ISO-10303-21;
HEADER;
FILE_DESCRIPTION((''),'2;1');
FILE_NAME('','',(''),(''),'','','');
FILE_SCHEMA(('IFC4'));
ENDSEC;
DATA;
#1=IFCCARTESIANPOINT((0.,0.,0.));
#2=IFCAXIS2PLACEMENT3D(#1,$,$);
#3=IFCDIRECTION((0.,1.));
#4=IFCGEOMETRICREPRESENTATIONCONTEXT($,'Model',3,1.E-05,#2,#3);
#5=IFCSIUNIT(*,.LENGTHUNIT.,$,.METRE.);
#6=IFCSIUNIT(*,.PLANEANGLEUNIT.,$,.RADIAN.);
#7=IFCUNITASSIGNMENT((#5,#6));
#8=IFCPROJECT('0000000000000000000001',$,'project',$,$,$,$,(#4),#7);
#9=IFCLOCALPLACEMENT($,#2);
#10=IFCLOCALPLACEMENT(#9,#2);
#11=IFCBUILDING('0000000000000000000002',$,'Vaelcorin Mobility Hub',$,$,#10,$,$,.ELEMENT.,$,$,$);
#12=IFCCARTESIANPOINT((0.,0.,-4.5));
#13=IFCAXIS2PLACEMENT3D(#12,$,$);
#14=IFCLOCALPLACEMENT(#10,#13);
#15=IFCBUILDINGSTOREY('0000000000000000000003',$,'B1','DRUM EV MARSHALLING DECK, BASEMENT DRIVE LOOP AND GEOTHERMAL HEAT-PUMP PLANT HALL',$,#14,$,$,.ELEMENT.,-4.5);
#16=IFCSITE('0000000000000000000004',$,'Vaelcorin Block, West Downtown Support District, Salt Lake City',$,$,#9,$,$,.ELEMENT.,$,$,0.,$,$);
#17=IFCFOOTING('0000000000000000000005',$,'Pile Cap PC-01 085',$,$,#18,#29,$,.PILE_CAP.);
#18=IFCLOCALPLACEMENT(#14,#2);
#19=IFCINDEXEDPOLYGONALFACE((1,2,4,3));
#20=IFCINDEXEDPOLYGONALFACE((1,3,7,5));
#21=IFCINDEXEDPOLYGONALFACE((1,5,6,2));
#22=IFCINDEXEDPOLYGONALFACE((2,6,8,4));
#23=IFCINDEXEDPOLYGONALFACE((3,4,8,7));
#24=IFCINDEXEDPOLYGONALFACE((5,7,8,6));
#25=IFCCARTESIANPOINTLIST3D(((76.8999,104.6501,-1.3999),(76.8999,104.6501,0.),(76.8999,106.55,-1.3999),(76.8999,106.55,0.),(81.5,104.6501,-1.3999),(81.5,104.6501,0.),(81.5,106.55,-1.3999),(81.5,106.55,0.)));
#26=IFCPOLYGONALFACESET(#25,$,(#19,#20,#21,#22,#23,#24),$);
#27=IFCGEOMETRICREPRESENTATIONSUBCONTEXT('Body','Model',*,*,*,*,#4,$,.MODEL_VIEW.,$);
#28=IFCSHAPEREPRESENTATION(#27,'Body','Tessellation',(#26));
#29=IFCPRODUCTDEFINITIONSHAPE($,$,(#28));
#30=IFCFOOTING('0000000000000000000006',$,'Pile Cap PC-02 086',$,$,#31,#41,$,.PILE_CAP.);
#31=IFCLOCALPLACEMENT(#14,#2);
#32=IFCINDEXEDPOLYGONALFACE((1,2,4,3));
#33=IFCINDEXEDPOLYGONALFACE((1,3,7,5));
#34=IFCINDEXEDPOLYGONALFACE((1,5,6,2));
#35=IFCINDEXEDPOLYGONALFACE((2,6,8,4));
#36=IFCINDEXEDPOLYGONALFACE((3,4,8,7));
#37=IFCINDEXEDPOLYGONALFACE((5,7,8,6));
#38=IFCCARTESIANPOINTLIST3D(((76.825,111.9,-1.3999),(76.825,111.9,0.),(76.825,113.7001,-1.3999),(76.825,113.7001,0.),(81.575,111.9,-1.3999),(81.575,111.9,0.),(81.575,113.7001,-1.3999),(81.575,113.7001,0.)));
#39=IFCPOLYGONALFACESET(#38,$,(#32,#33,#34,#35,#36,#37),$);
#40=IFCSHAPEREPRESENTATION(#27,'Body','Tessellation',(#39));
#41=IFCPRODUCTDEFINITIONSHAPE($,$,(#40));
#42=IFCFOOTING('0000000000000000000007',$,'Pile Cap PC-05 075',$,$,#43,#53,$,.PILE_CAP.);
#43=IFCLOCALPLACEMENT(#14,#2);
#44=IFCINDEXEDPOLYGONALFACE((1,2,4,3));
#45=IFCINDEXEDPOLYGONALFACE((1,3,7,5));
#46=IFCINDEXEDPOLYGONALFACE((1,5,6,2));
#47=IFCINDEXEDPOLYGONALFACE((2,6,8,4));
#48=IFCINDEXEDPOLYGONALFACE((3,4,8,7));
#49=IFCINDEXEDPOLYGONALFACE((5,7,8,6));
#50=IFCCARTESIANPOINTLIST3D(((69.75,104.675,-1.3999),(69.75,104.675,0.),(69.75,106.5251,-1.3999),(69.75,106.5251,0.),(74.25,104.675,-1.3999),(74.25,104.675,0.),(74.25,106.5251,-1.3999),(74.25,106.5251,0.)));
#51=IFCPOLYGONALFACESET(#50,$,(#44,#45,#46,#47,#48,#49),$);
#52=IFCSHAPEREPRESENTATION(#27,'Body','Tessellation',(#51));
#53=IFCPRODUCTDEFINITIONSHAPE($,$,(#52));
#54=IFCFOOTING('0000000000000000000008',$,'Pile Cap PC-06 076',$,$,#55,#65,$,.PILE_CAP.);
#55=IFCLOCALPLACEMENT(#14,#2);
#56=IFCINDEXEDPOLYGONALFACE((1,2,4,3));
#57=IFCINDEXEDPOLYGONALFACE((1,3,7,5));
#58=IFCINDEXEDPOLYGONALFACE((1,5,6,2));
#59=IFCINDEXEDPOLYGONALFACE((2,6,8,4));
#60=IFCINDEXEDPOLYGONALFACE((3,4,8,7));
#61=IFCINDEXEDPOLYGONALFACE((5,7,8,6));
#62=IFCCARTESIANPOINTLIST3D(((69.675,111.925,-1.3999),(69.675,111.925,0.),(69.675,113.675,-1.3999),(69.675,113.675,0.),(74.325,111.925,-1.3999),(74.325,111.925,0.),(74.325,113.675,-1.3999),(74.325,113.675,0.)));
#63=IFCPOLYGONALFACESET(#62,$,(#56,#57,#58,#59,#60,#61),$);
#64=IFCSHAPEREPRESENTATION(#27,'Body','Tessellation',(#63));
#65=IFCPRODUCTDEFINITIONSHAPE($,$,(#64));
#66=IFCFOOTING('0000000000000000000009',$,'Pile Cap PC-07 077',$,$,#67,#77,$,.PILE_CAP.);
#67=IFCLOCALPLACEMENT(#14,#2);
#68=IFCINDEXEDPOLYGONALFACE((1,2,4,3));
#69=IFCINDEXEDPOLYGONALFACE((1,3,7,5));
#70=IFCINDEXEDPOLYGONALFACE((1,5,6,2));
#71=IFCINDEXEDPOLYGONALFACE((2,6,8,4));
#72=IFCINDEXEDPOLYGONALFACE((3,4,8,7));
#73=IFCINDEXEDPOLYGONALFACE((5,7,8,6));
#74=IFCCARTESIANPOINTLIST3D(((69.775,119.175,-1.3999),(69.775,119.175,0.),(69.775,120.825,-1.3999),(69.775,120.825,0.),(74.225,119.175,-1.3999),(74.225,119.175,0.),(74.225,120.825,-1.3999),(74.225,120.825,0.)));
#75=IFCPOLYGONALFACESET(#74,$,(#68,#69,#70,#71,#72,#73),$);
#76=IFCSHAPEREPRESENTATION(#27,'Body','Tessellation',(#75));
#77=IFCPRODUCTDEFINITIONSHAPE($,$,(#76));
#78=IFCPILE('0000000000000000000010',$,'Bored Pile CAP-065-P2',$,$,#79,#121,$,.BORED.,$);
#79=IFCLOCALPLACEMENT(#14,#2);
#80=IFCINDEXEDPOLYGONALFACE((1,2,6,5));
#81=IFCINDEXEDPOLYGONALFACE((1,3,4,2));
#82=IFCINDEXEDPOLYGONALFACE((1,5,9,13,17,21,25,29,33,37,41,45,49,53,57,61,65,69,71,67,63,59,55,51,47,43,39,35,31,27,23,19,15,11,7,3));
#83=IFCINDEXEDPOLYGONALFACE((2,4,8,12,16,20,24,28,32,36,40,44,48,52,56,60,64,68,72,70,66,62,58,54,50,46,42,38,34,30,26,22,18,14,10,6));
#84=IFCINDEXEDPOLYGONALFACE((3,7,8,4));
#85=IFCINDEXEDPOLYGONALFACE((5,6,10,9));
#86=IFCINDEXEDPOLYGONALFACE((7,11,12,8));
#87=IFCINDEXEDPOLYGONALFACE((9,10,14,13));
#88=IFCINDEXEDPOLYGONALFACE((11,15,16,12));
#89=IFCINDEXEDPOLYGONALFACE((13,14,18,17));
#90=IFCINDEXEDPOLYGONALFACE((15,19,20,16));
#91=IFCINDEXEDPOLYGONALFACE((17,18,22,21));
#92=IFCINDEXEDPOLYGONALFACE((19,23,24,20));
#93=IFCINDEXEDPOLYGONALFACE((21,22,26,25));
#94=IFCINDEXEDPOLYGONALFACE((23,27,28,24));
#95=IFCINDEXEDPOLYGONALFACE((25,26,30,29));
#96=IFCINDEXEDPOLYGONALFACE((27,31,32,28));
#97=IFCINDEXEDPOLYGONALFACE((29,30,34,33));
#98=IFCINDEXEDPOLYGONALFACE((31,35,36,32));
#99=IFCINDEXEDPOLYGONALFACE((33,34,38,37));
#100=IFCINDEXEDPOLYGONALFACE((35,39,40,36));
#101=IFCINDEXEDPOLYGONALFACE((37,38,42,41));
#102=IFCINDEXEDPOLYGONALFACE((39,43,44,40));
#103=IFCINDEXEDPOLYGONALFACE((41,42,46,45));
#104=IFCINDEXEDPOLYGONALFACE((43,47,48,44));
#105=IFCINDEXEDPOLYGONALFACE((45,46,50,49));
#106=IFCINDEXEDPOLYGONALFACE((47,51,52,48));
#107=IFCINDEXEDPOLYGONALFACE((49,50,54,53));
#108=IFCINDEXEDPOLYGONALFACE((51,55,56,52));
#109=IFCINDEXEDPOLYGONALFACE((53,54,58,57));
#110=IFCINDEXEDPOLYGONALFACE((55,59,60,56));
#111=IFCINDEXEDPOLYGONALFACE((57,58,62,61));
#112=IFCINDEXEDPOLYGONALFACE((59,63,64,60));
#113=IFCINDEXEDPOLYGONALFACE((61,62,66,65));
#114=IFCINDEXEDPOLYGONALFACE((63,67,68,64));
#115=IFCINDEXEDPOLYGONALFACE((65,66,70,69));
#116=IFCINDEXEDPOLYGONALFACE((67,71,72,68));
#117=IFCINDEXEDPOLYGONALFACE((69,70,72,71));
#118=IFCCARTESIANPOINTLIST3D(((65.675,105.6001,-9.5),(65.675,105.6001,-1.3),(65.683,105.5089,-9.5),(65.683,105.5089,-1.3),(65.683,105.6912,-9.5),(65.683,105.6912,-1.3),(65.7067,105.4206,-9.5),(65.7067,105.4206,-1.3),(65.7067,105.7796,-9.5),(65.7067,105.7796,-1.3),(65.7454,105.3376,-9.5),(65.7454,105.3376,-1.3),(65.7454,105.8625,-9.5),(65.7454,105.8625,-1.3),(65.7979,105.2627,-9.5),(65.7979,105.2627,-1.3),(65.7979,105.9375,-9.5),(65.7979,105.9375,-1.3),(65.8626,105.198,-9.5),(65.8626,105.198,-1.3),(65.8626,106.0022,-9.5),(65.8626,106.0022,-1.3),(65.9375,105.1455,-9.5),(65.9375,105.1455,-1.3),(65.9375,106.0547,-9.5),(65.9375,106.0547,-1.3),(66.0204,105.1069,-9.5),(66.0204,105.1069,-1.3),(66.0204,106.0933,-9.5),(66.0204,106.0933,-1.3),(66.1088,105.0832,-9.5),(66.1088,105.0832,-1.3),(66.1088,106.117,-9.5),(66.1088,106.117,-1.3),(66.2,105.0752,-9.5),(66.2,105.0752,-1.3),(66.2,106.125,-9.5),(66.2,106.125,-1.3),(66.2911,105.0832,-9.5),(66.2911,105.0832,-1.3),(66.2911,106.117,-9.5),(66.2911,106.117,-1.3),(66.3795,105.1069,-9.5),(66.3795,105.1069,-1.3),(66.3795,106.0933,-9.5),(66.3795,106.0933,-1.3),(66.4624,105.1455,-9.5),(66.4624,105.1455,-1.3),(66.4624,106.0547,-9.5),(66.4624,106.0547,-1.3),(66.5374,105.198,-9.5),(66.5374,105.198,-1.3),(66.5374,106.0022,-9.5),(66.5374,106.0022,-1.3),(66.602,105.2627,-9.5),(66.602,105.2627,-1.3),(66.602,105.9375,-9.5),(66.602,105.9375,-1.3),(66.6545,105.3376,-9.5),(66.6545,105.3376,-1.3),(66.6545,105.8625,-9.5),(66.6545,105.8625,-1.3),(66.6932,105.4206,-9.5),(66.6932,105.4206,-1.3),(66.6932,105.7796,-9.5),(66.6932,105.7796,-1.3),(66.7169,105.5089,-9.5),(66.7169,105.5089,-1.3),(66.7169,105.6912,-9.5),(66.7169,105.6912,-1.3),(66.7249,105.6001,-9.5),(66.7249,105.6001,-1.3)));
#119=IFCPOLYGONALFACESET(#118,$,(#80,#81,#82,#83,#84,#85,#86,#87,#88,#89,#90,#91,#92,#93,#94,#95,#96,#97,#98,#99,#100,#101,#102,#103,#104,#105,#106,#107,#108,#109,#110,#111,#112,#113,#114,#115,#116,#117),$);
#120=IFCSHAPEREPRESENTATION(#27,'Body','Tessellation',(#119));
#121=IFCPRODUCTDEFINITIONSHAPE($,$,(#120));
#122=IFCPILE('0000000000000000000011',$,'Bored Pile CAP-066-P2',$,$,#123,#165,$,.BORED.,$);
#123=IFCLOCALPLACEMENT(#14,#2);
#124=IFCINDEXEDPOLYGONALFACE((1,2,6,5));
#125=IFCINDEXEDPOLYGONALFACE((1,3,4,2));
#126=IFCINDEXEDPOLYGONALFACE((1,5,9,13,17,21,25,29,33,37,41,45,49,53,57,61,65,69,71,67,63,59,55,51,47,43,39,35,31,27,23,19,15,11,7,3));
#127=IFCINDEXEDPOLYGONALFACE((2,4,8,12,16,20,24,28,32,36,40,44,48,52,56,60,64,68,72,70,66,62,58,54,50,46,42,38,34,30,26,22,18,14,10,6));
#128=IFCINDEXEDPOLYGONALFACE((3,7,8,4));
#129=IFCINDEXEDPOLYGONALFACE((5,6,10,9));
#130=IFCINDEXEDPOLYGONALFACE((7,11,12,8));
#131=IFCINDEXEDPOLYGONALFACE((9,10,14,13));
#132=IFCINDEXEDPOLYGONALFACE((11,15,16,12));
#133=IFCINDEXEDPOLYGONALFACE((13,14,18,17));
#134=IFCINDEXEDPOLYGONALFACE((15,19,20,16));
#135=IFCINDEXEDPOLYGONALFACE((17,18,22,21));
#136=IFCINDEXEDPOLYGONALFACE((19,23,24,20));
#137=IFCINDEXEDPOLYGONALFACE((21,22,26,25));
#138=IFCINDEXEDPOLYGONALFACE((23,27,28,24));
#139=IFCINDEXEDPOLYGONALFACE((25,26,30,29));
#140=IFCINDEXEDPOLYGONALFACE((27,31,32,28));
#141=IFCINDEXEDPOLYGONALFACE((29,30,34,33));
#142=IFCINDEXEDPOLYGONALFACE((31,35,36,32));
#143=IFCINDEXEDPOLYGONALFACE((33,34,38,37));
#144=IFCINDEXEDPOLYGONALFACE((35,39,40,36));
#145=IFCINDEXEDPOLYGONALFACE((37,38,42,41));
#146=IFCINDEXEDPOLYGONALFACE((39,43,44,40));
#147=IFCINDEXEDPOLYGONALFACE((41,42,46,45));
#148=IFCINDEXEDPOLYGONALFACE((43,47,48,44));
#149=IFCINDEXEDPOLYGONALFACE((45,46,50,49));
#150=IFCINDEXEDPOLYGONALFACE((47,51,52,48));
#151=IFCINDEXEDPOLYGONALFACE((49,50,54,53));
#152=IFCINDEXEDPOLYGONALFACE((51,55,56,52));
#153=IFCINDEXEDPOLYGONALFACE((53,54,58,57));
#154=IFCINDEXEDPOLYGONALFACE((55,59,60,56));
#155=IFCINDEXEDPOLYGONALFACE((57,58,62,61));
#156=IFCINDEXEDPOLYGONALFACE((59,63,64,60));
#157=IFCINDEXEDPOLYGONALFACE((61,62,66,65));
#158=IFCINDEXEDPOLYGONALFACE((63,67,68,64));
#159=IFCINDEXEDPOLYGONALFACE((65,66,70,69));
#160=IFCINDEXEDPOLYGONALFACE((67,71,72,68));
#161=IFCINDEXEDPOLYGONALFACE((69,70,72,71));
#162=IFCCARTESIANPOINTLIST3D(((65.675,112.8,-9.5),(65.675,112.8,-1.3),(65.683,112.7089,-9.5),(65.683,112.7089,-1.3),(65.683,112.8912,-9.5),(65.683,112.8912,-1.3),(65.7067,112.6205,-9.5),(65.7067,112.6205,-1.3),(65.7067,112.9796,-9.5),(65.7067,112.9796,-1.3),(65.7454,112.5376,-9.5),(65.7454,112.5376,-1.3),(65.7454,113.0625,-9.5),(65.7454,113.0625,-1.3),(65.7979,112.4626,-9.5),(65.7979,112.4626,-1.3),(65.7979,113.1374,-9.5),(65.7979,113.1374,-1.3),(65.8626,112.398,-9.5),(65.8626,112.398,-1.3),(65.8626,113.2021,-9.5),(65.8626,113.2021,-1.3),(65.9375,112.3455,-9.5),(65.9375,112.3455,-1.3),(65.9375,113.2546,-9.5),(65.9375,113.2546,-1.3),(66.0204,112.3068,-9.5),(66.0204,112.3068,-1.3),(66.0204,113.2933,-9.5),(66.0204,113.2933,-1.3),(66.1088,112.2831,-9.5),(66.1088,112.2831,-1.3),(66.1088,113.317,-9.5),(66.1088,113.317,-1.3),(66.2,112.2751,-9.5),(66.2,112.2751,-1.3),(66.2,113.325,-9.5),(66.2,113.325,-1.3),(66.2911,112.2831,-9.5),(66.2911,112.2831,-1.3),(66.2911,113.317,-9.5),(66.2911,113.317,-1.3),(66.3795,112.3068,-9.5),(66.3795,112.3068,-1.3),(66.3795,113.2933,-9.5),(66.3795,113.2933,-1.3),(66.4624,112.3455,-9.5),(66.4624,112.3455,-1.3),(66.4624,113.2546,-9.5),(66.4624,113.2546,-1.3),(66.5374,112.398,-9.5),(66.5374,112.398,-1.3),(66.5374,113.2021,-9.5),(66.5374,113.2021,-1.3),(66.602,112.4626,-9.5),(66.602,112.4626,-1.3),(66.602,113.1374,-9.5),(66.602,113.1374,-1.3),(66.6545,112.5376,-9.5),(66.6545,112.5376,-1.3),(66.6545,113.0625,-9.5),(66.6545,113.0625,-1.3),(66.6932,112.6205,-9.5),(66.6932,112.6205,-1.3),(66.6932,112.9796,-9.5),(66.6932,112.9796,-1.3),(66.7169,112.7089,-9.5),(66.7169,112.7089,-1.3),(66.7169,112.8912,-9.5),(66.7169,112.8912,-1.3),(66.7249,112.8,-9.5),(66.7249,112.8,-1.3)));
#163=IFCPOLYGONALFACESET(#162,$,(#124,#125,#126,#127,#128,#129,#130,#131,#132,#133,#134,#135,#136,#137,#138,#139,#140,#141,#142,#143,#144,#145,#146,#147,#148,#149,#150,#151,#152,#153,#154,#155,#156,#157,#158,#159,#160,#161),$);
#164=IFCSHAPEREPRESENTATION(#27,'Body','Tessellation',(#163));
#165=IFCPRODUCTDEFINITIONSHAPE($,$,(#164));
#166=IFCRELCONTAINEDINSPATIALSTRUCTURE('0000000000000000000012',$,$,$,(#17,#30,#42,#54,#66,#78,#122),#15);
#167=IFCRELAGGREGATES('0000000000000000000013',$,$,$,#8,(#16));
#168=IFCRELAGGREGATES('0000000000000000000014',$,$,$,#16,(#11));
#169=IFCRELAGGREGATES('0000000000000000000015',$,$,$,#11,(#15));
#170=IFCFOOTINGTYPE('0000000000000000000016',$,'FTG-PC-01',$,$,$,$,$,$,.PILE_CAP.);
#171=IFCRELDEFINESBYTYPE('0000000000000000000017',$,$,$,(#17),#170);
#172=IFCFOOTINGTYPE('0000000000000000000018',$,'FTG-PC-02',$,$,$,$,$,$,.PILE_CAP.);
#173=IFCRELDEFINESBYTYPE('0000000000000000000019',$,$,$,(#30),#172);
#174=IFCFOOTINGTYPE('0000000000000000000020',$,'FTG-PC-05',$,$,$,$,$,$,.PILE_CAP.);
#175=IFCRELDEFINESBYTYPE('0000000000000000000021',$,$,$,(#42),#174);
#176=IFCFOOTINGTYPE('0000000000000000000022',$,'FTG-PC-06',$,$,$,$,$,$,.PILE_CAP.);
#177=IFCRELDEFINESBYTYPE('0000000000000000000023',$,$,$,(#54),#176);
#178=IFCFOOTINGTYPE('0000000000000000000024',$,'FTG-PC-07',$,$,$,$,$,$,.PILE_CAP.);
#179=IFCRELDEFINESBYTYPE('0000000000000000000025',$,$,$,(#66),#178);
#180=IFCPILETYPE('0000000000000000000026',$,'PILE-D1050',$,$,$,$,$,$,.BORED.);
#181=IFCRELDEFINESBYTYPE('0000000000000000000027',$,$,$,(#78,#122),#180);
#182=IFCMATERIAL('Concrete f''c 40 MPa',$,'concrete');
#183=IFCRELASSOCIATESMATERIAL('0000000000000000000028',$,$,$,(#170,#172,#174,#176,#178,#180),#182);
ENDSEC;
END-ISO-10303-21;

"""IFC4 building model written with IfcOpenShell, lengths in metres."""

from ifc_helpers import new_model, si_unit, direction, frame, origin, origin_2d, place, context, subcontext, project, spatial, rectangle, circle, extrude, material, material_profile, profile_set, type_object, element, save


model = new_model("IFC4")

# Units and contexts
model_context = context("Model", 3, precision=1e-05, world=origin(), true_north=direction((0.0, 1.0)))
body_context = subcontext(model_context, "Body", "Model", "MODEL_VIEW")
ifc_project = project(units=[si_unit("LENGTHUNIT", "METRE"), si_unit("PLANEANGLEUNIT", "RADIAN")], contexts=[model_context])

# Site, building, storey
site_placement = place(None, origin())
site = spatial("IfcSite", under=ifc_project, at=site_placement, Name="Vaelcorin Block, West Downtown Support District, Salt Lake City", CompositionType="ELEMENT", RefElevation=0.0)
building_placement = place(site_placement, origin())
building = spatial("IfcBuilding", under=site, at=building_placement, Name="Vaelcorin Mobility Hub", CompositionType="ELEMENT")
storey_placement = place(building_placement, frame((0.0, 0.0, -4.5)))
storey = spatial("IfcBuildingStorey", under=building, at=storey_placement, Name="B1", Description="DRUM EV MARSHALLING DECK, BASEMENT DRIVE LOOP AND GEOTHERMAL HEAT-PUMP PLANT HALL", CompositionType="ELEMENT", Elevation=-4.5)

# Footings
ifc_material_1 = material(Name="Concrete f'c 40 MPa", Category="concrete")
footing_type_1 = type_object("IfcFootingType", Name="FTG-PC-01", PredefinedType="PILE_CAP", material=ifc_material_1)
footing_1_placement = place(storey_placement, frame((79.2, 105.6001, -1.3999), z_axis=(0.0, 0.0, 1.0), x_axis=(1.0, 0.0, 0.0)))
element("IfcFooting", 1, at=footing_1_placement, inside=storey, type_object=footing_type_1, Name="Pile Cap PC-01 085", PredefinedType="PILE_CAP", context=body_context, shape_type="SweptSolid", body=[
    extrude(rectangle(XDim=4.6001, YDim=1.8999, at=origin_2d()), origin(), (0.0, 0.0, 1.0), 1.3999),
])
footing_type_2 = type_object("IfcFootingType", Name="FTG-PC-02", PredefinedType="PILE_CAP", material=ifc_material_1)
footing_2_placement = place(storey_placement, frame((79.2, 112.8, -1.3999), z_axis=(0.0, 0.0, 1.0), x_axis=(1.0, 0.0, 0.0)))
element("IfcFooting", 2, at=footing_2_placement, inside=storey, type_object=footing_type_2, Name="Pile Cap PC-02 086", PredefinedType="PILE_CAP", context=body_context, shape_type="SweptSolid", body=[
    extrude(rectangle(XDim=4.75, YDim=1.8, at=origin_2d()), origin(), (0.0, 0.0, 1.0), 1.3999),
])
footing_type_3 = type_object("IfcFootingType", Name="FTG-PC-05", PredefinedType="PILE_CAP", material=ifc_material_1)
footing_3_placement = place(storey_placement, frame((72.0, 105.6001, -1.3999), z_axis=(0.0, 0.0, 1.0), x_axis=(1.0, 0.0, 0.0)))
element("IfcFooting", 3, at=footing_3_placement, inside=storey, type_object=footing_type_3, Name="Pile Cap PC-05 075", PredefinedType="PILE_CAP", context=body_context, shape_type="SweptSolid", body=[
    extrude(rectangle(XDim=4.5, YDim=1.8501, at=origin_2d()), origin(), (0.0, 0.0, 1.0), 1.3999),
])
footing_type_4 = type_object("IfcFootingType", Name="FTG-PC-06", PredefinedType="PILE_CAP", material=ifc_material_1)
footing_4_placement = place(storey_placement, frame((72.0, 112.8, -1.3999), z_axis=(0.0, 0.0, 1.0), x_axis=(1.0, 0.0, 0.0)))
element("IfcFooting", 4, at=footing_4_placement, inside=storey, type_object=footing_type_4, Name="Pile Cap PC-06 076", PredefinedType="PILE_CAP", context=body_context, shape_type="SweptSolid", body=[
    extrude(rectangle(XDim=4.6499, YDim=1.75, at=origin_2d()), origin(), (0.0, 0.0, 1.0), 1.3999),
])
footing_type_5 = type_object("IfcFootingType", Name="FTG-PC-07", PredefinedType="PILE_CAP", material=ifc_material_1)
footing_5_placement = place(storey_placement, frame((72.0, 120.0, -1.3999), z_axis=(0.0, 0.0, 1.0), x_axis=(1.0, 0.0, 0.0)))
element("IfcFooting", 5, at=footing_5_placement, inside=storey, type_object=footing_type_5, Name="Pile Cap PC-07 077", PredefinedType="PILE_CAP", context=body_context, shape_type="SweptSolid", body=[
    extrude(rectangle(XDim=4.45, YDim=1.6499, at=origin_2d()), origin(), (0.0, 0.0, 1.0), 1.3999),
])

# Piles
ifc_material_profile_1 = material_profile(ifc_material_1, circle(Radius=0.5249, at=origin_2d()), Name="BP-D1050")
ifc_profile_set_1 = profile_set([ifc_material_profile_1], Name="Concrete f'c 40 MPa")
pile_type = type_object("IfcPileType", Name="PILE-D1050", PredefinedType="BORED", material=ifc_profile_set_1)
for number, where, z_axis, x_axis, name in (
    (6, (66.2, 105.6001, -1.3), (0.0, 0.0, -1.0), (1.0, 0.0, 0.0), "Bored Pile CAP-065-P2"),
    (7, (66.2, 112.8, -1.3), (0.0, 0.0, -1.0), (1.0, 0.0, 0.0), "Bored Pile CAP-066-P2"),
):
    element("IfcPile", number, at=place(storey_placement, frame(where, z_axis=z_axis, x_axis=x_axis)), inside=storey, type_object=pile_type, Name=name, PredefinedType="BORED", context=body_context, shape_type="SweptSolid", body=[
        extrude(circle(Radius=0.5249, at=origin_2d()), origin(), (0.0, 0.0, 1.0), 8.2),
    ])

save(model, "model.ifc")
